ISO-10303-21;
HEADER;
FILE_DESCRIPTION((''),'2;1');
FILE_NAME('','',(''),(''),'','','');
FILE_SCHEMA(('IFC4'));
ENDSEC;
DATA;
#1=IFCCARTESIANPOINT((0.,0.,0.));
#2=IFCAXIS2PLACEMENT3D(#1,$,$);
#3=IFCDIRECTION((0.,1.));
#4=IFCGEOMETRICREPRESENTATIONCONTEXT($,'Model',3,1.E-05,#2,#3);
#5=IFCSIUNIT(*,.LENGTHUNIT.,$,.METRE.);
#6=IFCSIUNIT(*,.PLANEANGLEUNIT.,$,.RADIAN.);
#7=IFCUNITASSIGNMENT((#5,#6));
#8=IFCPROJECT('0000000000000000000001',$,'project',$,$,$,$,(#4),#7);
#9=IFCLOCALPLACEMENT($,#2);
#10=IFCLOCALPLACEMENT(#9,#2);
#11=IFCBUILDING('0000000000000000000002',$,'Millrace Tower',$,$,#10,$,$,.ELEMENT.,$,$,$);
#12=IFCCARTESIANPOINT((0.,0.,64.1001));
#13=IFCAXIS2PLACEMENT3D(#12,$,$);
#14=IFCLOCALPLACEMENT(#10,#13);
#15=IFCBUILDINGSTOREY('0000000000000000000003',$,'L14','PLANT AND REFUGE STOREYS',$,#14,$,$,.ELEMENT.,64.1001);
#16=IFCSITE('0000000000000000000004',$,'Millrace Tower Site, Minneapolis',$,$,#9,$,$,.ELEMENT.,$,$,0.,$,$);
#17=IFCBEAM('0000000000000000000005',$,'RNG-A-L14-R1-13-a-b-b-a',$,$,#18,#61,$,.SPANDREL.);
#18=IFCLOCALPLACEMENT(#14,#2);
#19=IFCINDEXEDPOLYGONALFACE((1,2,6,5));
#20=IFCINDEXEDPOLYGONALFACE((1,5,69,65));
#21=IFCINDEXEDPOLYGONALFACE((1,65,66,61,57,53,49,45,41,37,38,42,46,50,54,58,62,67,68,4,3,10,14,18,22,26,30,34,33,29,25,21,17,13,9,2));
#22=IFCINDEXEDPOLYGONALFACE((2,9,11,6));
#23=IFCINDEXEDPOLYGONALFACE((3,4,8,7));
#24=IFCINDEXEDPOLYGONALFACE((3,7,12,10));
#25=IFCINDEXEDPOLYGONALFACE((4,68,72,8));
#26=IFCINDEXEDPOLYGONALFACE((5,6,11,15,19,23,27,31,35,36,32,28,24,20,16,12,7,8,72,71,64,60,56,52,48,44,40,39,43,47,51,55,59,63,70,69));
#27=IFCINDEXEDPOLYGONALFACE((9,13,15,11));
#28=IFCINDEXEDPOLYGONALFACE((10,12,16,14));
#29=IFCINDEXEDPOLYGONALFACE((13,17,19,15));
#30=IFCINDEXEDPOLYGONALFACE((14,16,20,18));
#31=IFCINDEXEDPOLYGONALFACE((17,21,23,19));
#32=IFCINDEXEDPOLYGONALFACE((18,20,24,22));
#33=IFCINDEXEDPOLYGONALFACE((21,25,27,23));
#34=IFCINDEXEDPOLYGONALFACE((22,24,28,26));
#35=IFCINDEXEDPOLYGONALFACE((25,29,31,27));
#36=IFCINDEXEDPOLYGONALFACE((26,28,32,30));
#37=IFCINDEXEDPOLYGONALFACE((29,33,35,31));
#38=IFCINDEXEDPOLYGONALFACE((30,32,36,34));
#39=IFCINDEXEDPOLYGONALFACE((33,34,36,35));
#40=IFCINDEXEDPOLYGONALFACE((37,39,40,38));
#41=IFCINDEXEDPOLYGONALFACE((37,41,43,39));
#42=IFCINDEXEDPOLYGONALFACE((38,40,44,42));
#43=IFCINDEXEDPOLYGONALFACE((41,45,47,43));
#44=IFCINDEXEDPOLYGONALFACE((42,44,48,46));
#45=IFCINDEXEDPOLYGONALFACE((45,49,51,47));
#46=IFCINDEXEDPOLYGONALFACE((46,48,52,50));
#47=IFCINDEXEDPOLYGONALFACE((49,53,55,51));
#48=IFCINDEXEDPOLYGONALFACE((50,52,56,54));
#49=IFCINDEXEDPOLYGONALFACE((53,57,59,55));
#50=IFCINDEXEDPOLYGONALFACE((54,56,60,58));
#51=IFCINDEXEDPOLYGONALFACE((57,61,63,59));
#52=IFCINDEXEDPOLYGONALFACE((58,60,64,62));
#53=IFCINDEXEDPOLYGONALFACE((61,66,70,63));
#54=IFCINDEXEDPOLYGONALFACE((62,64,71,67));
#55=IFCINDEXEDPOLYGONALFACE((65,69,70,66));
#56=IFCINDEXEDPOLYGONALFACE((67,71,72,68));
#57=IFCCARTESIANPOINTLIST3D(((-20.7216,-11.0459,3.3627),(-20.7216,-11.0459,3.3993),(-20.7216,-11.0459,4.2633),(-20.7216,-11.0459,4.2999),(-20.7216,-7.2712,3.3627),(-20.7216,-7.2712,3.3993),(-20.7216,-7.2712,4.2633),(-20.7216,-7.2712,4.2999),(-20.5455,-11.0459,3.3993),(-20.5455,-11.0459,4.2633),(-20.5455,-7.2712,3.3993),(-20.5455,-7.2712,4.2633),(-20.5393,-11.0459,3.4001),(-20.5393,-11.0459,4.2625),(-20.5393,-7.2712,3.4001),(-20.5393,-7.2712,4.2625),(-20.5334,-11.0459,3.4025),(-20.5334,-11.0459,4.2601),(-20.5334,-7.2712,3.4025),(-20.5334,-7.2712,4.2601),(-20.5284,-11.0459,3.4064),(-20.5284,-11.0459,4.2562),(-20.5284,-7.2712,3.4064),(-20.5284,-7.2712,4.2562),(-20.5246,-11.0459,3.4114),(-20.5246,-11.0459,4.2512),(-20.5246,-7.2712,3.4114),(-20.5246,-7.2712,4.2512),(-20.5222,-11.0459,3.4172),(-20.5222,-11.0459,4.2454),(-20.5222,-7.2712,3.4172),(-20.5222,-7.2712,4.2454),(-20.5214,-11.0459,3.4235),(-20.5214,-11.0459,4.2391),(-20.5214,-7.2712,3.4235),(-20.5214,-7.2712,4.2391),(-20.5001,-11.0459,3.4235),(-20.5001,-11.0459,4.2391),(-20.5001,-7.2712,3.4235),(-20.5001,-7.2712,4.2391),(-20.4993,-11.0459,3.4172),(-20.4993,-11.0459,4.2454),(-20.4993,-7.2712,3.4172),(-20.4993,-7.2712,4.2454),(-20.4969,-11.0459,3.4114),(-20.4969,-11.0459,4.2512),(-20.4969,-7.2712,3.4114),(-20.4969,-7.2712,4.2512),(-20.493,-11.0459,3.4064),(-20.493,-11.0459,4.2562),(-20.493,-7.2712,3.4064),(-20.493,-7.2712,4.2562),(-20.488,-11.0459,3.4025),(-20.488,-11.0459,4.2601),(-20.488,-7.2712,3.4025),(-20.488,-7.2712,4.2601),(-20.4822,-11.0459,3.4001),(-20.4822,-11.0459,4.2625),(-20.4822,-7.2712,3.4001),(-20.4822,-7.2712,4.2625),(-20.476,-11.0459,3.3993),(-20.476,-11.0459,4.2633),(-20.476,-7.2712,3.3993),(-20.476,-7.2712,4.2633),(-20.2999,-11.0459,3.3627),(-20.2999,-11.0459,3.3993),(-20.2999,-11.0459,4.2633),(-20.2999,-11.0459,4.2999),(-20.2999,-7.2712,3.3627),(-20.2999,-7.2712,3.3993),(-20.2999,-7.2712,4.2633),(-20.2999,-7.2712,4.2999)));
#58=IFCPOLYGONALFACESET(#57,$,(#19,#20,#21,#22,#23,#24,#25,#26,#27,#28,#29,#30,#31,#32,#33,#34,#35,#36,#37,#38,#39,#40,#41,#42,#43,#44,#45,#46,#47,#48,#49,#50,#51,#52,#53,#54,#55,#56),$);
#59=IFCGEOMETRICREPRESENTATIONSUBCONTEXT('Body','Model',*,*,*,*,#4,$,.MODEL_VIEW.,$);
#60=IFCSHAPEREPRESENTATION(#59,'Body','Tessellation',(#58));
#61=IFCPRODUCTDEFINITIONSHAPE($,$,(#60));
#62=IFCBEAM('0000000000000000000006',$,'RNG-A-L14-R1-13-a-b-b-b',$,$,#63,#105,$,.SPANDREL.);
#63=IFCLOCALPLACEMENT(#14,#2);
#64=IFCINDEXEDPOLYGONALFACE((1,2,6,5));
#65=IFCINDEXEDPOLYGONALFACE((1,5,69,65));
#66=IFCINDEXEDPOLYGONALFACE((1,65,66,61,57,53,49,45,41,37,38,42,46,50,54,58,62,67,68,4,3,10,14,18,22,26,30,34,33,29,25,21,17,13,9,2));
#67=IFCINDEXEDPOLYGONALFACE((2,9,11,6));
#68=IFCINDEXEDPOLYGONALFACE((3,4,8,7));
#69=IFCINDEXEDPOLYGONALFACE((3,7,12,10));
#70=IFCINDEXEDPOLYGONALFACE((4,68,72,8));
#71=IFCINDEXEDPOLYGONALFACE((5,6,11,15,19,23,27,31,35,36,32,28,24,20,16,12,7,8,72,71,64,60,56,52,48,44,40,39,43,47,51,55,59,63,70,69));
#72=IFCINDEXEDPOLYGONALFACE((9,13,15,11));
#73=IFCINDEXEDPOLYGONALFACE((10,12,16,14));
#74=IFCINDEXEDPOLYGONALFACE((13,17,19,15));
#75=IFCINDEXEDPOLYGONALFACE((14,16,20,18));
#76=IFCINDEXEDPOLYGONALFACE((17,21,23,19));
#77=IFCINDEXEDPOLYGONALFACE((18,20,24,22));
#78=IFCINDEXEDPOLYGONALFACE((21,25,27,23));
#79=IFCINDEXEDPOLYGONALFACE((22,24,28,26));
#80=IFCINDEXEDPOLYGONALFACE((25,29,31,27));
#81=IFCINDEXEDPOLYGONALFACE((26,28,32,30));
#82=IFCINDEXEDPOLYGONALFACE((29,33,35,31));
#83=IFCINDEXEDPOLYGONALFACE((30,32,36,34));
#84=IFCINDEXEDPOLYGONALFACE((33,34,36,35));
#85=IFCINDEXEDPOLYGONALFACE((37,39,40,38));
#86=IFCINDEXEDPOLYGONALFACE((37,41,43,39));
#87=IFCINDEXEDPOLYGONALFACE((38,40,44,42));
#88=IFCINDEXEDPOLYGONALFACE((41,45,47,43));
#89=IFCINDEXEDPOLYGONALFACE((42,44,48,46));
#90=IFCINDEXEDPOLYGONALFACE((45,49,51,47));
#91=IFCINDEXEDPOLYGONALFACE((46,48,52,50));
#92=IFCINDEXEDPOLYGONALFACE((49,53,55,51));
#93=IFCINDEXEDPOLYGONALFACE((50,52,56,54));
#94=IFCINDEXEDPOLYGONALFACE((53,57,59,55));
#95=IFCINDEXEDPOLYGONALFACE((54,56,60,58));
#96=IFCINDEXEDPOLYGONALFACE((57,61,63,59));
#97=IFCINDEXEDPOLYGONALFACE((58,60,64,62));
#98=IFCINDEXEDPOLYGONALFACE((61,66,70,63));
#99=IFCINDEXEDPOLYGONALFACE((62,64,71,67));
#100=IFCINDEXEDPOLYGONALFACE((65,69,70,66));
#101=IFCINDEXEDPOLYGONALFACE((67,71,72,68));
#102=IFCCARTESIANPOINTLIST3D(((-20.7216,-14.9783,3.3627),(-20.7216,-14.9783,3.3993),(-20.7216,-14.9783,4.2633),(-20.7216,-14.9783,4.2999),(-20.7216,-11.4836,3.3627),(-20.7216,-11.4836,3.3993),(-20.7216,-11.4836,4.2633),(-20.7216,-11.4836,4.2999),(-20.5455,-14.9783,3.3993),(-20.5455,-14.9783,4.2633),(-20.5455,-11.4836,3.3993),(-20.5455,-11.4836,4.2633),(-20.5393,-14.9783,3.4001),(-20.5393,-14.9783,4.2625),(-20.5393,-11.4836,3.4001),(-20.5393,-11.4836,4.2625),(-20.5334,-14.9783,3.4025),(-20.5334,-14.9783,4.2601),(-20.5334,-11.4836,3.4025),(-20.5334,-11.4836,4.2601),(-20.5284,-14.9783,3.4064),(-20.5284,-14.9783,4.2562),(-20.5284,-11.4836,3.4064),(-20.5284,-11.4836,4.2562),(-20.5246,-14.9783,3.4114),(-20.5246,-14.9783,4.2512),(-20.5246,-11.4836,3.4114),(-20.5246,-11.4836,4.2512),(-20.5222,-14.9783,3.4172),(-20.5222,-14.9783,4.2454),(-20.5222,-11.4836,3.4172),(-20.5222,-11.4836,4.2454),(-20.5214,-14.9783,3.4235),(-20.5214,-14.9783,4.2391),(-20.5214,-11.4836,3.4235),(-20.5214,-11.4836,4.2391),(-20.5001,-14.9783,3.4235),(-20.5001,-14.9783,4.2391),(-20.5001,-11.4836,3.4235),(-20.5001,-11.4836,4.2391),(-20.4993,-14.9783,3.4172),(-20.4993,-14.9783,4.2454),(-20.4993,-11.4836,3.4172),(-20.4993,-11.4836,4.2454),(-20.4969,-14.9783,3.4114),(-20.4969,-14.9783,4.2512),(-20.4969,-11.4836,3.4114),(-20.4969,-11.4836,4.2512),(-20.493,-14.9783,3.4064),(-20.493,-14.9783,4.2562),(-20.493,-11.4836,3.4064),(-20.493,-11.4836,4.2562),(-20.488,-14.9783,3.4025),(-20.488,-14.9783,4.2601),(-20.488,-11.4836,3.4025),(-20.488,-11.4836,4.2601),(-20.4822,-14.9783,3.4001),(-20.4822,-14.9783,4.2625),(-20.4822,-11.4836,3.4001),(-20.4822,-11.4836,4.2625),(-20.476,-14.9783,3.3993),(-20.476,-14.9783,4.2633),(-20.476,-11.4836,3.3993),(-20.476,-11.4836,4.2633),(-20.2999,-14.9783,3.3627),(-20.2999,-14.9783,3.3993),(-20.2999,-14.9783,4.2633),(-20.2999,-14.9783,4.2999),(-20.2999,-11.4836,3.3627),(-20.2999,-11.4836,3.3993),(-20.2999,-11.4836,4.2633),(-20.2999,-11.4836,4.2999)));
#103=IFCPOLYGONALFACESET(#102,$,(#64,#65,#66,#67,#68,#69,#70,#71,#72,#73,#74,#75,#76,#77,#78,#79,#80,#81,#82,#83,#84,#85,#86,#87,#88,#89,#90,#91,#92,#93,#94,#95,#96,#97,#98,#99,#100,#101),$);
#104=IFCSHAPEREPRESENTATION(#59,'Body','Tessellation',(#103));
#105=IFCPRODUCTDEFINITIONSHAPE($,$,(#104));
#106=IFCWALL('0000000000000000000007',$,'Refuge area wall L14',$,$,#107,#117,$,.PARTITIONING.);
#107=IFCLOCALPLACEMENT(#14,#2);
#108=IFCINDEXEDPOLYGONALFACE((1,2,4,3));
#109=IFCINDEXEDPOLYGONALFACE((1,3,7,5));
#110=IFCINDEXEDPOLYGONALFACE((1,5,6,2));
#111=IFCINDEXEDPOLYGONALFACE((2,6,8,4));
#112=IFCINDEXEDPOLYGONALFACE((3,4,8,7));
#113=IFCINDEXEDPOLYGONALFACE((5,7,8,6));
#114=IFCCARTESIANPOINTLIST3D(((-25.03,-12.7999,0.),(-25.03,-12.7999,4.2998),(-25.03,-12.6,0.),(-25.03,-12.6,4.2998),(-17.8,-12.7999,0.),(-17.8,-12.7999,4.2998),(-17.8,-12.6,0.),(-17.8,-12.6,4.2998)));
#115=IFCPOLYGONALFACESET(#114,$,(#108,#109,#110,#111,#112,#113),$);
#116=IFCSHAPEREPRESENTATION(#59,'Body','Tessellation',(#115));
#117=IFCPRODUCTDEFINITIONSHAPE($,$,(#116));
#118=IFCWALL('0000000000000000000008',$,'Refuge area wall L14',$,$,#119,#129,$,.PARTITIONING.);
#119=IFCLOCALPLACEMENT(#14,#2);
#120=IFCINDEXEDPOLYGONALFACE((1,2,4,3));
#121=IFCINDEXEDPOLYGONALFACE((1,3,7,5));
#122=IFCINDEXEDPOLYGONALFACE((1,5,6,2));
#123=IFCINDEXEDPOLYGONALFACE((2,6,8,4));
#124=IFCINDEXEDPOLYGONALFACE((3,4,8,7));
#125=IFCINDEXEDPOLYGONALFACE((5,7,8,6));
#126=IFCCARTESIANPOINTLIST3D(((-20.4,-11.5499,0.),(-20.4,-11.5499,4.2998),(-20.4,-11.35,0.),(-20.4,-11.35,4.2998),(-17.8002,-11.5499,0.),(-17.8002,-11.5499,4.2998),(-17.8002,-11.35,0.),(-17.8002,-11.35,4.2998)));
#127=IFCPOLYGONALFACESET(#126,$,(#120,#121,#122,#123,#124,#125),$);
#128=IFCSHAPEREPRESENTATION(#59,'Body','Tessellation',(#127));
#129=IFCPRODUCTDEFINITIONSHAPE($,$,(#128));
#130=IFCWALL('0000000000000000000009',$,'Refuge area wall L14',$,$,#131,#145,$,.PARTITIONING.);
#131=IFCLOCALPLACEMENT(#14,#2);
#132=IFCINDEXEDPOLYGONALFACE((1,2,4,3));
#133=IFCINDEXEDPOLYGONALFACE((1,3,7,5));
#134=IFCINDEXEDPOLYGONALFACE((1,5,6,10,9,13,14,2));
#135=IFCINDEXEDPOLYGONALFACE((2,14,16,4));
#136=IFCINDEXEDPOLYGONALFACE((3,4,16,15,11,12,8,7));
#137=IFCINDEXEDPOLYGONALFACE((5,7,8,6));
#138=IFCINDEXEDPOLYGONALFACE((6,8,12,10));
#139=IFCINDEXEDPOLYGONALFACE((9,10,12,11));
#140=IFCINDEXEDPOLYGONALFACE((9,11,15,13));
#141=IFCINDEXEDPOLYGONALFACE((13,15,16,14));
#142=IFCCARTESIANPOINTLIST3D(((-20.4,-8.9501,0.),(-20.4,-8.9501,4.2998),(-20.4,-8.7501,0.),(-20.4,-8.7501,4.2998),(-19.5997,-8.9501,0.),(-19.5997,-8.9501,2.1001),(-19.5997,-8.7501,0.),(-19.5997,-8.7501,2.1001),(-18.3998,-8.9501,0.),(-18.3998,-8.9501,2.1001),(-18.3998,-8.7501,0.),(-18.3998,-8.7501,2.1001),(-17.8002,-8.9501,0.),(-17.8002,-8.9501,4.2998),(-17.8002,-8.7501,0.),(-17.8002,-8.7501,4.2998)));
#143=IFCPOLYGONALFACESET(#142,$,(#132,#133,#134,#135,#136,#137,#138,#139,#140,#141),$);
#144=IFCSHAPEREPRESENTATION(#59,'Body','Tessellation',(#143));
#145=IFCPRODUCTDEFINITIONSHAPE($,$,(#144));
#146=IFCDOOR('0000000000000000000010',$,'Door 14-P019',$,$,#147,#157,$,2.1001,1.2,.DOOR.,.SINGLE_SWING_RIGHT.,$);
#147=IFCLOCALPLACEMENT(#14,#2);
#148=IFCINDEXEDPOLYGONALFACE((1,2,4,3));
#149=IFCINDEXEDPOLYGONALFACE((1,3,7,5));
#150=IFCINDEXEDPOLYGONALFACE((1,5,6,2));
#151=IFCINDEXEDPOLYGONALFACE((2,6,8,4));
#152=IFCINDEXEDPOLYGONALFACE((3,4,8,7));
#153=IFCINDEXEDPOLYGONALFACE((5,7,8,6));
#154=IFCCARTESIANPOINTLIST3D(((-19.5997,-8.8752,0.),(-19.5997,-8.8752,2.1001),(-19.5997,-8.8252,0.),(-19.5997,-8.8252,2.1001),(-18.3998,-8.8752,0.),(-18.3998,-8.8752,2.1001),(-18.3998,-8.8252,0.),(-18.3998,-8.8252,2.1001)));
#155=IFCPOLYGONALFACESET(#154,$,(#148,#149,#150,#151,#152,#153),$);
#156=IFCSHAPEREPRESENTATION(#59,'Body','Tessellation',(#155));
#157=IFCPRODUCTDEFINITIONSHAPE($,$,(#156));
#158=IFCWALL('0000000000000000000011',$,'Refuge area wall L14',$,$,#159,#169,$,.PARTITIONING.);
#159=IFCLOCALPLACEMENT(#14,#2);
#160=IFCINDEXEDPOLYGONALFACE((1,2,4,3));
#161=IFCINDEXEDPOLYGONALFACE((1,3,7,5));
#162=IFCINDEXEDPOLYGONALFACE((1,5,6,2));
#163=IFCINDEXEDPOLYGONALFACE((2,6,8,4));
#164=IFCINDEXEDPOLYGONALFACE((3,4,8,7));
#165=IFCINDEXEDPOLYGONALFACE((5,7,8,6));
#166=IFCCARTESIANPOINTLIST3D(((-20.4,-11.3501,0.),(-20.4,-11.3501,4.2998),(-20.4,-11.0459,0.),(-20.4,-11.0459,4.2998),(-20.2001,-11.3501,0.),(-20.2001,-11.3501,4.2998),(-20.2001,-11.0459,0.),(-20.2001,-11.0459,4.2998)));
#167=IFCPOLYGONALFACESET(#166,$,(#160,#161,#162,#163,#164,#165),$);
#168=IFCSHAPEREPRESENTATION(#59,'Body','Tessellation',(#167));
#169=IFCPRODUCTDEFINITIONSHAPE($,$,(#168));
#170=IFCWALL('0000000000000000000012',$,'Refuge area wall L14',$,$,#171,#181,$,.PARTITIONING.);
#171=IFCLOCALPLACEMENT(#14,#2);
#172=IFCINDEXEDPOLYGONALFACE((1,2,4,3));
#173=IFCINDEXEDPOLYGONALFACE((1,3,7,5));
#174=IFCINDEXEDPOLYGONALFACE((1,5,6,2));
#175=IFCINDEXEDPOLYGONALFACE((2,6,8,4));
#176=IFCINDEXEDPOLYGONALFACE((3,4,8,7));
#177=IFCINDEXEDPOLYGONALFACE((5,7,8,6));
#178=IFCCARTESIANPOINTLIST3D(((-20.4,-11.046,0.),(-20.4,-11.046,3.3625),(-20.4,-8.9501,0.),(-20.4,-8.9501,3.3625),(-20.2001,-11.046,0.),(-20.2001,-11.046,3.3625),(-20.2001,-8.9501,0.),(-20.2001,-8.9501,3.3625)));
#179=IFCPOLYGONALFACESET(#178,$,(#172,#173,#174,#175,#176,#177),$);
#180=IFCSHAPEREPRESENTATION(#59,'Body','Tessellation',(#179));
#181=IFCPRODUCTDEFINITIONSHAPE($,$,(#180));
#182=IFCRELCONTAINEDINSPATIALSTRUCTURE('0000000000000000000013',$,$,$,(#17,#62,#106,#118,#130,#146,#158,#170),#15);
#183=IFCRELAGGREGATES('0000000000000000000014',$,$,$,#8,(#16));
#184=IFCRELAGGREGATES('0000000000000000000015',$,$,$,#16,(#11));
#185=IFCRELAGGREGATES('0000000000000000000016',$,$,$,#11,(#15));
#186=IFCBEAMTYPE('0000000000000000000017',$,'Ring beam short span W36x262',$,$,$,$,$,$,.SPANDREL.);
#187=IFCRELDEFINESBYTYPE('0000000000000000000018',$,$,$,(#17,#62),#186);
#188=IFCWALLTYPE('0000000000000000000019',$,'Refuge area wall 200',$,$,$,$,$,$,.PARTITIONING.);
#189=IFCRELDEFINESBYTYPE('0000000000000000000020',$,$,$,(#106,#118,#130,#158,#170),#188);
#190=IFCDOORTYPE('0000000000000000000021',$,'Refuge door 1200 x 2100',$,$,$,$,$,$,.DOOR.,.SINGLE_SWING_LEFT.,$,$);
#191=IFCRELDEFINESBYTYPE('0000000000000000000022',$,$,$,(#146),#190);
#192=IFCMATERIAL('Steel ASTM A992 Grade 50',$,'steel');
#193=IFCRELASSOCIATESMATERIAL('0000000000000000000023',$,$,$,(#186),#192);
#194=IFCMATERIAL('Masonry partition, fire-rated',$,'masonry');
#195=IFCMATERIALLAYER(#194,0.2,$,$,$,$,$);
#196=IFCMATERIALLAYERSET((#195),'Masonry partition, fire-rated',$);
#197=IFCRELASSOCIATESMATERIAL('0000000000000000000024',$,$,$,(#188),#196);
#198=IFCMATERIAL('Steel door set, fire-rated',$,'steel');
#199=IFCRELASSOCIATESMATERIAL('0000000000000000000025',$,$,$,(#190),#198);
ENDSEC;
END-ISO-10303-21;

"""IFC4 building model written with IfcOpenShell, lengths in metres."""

from ifc_helpers import new_model, si_unit, direction, frame, frame_2d, origin, origin_2d, place, context, subcontext, project, spatial, rectangle, i_section, extrude, material, layer, layer_set, material_profile, profile_set, type_object, element, fill, save


model = new_model("IFC4")

# Units and contexts
model_context = context("Model", 3, precision=1e-05, world=origin(), true_north=direction((0.0, 1.0)))
body_context = subcontext(model_context, "Body", "Model", "MODEL_VIEW")
ifc_project = project(units=[si_unit("LENGTHUNIT", "METRE"), si_unit("PLANEANGLEUNIT", "RADIAN")], contexts=[model_context])

# Site, building, storey
site_placement = place(None, origin())
site = spatial("IfcSite", under=ifc_project, at=site_placement, Name="Millrace Tower Site, Minneapolis", CompositionType="ELEMENT", RefElevation=0.0)
building_placement = place(site_placement, origin())
building = spatial("IfcBuilding", under=site, at=building_placement, Name="Millrace Tower", CompositionType="ELEMENT")
storey_placement = place(building_placement, frame((0.0, 0.0, 64.1001)))
storey = spatial("IfcBuildingStorey", under=building, at=storey_placement, Name="L14", Description="PLANT AND REFUGE STOREYS", CompositionType="ELEMENT", Elevation=64.1001)

# Beams
ifc_material_1 = material(Name="Steel ASTM A992 Grade 50", Category="steel")
ifc_material_profile_1 = material_profile(ifc_material_1, i_section(OverallWidth=0.4216, OverallDepth=0.9373, WebThickness=0.0212, FlangeThickness=0.0366, FilletRadius=0.0242, at=origin_2d()))
ifc_profile_set_1 = profile_set([ifc_material_profile_1], Name="Steel ASTM A992 Grade 50")
beam_type_1 = type_object("IfcBeamType", Name="Ring beam short span W36x262", PredefinedType="SPANDREL", material=ifc_profile_set_1)
beam_1_placement = place(storey_placement, frame((-20.5107, -7.2712, 3.8313), z_axis=(0.0, -1.0, 0.0), x_axis=(1.0, 0.0, 0.0)))
element("IfcBeam", 1, at=beam_1_placement, inside=storey, type_object=beam_type_1, Name="RNG-A-L14-R1-13-a-b-b-a", PredefinedType="SPANDREL", context=body_context, shape_type="SweptSolid", body=[
    extrude(i_section(OverallWidth=0.4216, OverallDepth=0.9373, WebThickness=0.0212, FlangeThickness=0.0366, FilletRadius=0.0242, at=origin_2d()), origin(), (0.0, 0.0, 1.0), 3.7747),
])
beam_2_placement = place(storey_placement, frame((-20.5107, -11.4836, 3.8313), z_axis=(0.0, -1.0, 0.0), x_axis=(1.0, 0.0, 0.0)))
element("IfcBeam", 2, at=beam_2_placement, inside=storey, type_object=beam_type_1, Name="RNG-A-L14-R1-13-a-b-b-b", PredefinedType="SPANDREL", context=body_context, shape_type="SweptSolid", body=[
    extrude(i_section(OverallWidth=0.4216, OverallDepth=0.9373, WebThickness=0.0212, FlangeThickness=0.0366, FilletRadius=0.0242, at=origin_2d()), origin(), (0.0, 0.0, 1.0), 3.4946),
])

# Walls
ifc_material_2 = material(Name="Masonry partition, fire-rated", Category="masonry")
ifc_layer_1 = layer(ifc_material_2, 0.2)
ifc_layer_set_1 = layer_set([ifc_layer_1], Name="Masonry partition, fire-rated")
wall_type = type_object("IfcWallType", Name="Refuge area wall 200", PredefinedType="PARTITIONING", material=ifc_layer_set_1)
wall_1_placement = place(storey_placement, frame((-25.03, -12.7, 0.0), z_axis=(0.0, 0.0, 1.0), x_axis=(1.0, 0.0, 0.0)))
element("IfcWall", 3, at=wall_1_placement, inside=storey, type_object=wall_type, Name="Refuge area wall L14", PredefinedType="PARTITIONING", context=body_context, shape_type="SweptSolid", body=[
    extrude(rectangle(XDim=7.23, YDim=0.2, at=frame_2d((3.615, 0.0))), origin(), (0.0, 0.0, 1.0), 4.2998),
])
wall_2_placement = place(storey_placement, frame((-20.3999, -11.45, 0.0), z_axis=(0.0, 0.0, 1.0), x_axis=(1.0, 0.0, 0.0)))
element("IfcWall", 4, at=wall_2_placement, inside=storey, type_object=wall_type, Name="Refuge area wall L14", PredefinedType="PARTITIONING", context=body_context, shape_type="SweptSolid", body=[
    extrude(rectangle(XDim=2.5999, YDim=0.2, at=frame_2d((1.2998, 0.0))), origin(), (0.0, 0.0, 1.0), 4.2998),
])

# Wall, opening, door
wall_3_placement = place(storey_placement, frame((-20.3999, -8.8501, 0.0), z_axis=(0.0, 0.0, 1.0), x_axis=(1.0, 0.0, 0.0)))
wall_3 = element("IfcWall", 5, at=wall_3_placement, inside=storey, type_object=wall_type, Name="Refuge area wall L14", PredefinedType="PARTITIONING", context=body_context, shape_type="SweptSolid", body=[
    extrude(rectangle(XDim=2.5999, YDim=0.2, at=frame_2d((1.2998, 0.0))), origin(), (0.0, 0.0, 1.0), 4.2998),
])
opening_placement = place(wall_3_placement, frame((0.8, 0.0, 0.0)))
opening = element("IfcOpeningElement", 6, at=opening_placement, cuts=wall_3, PredefinedType="OPENING", context=body_context, shape_type="SweptSolid", body=[
    extrude(rectangle(XDim=1.2, YDim=2.1001, at=frame_2d((0.6001, 1.05))), frame((0.0, 0.1099, 0.0), z_axis=(0.0, -1.0, 0.0), x_axis=(1.0, 0.0, 0.0)), (0.0, 0.0, 1.0), 0.22),
])
ifc_material_3 = material(Name="Steel door set, fire-rated", Category="steel")
door_type = type_object("IfcDoorType", Name="Refuge door 1200 x 2100", OperationType="SINGLE_SWING_LEFT", PredefinedType="DOOR", material=ifc_material_3)
door_placement = place(opening_placement, origin())
door = element("IfcDoor", 7, at=door_placement, inside=storey, type_object=door_type, Name="Door 14-P019", OperationType="SINGLE_SWING_RIGHT", OverallHeight=2.1001, OverallWidth=1.2, PredefinedType="DOOR", context=body_context, shape_type="SweptSolid", body=[
    extrude(rectangle(XDim=1.2, YDim=2.1001, at=frame_2d((0.6001, 1.05))), frame((0.0, 0.0249, 0.0), z_axis=(0.0, -1.0, 0.0), x_axis=(1.0, 0.0, 0.0)), (0.0, 0.0, 1.0), 0.05),
])
fill(opening, door)

# Walls
wall_4_placement = place(storey_placement, frame((-20.3, -11.3501, 0.0), z_axis=(0.0, 0.0, 1.0), x_axis=(0.0, 1.0, 0.0)))
element("IfcWall", 8, at=wall_4_placement, inside=storey, type_object=wall_type, Name="Refuge area wall L14", PredefinedType="PARTITIONING", context=body_context, shape_type="SweptSolid", body=[
    extrude(rectangle(XDim=0.3042, YDim=0.2, at=frame_2d((0.1521, 0.0))), origin(), (0.0, 0.0, 1.0), 4.2998),
])
wall_5_placement = place(storey_placement, frame((-20.3, -11.0459, 0.0), z_axis=(0.0, 0.0, 1.0), x_axis=(0.0, 1.0, 0.0)))
element("IfcWall", 9, at=wall_5_placement, inside=storey, type_object=wall_type, Name="Refuge area wall L14", PredefinedType="PARTITIONING", context=body_context, shape_type="SweptSolid", body=[
    extrude(rectangle(XDim=2.0959, YDim=0.2, at=frame_2d((1.0479, 0.0))), origin(), (0.0, 0.0, 1.0), 3.3625),
])

save(model, "model.ifc")
